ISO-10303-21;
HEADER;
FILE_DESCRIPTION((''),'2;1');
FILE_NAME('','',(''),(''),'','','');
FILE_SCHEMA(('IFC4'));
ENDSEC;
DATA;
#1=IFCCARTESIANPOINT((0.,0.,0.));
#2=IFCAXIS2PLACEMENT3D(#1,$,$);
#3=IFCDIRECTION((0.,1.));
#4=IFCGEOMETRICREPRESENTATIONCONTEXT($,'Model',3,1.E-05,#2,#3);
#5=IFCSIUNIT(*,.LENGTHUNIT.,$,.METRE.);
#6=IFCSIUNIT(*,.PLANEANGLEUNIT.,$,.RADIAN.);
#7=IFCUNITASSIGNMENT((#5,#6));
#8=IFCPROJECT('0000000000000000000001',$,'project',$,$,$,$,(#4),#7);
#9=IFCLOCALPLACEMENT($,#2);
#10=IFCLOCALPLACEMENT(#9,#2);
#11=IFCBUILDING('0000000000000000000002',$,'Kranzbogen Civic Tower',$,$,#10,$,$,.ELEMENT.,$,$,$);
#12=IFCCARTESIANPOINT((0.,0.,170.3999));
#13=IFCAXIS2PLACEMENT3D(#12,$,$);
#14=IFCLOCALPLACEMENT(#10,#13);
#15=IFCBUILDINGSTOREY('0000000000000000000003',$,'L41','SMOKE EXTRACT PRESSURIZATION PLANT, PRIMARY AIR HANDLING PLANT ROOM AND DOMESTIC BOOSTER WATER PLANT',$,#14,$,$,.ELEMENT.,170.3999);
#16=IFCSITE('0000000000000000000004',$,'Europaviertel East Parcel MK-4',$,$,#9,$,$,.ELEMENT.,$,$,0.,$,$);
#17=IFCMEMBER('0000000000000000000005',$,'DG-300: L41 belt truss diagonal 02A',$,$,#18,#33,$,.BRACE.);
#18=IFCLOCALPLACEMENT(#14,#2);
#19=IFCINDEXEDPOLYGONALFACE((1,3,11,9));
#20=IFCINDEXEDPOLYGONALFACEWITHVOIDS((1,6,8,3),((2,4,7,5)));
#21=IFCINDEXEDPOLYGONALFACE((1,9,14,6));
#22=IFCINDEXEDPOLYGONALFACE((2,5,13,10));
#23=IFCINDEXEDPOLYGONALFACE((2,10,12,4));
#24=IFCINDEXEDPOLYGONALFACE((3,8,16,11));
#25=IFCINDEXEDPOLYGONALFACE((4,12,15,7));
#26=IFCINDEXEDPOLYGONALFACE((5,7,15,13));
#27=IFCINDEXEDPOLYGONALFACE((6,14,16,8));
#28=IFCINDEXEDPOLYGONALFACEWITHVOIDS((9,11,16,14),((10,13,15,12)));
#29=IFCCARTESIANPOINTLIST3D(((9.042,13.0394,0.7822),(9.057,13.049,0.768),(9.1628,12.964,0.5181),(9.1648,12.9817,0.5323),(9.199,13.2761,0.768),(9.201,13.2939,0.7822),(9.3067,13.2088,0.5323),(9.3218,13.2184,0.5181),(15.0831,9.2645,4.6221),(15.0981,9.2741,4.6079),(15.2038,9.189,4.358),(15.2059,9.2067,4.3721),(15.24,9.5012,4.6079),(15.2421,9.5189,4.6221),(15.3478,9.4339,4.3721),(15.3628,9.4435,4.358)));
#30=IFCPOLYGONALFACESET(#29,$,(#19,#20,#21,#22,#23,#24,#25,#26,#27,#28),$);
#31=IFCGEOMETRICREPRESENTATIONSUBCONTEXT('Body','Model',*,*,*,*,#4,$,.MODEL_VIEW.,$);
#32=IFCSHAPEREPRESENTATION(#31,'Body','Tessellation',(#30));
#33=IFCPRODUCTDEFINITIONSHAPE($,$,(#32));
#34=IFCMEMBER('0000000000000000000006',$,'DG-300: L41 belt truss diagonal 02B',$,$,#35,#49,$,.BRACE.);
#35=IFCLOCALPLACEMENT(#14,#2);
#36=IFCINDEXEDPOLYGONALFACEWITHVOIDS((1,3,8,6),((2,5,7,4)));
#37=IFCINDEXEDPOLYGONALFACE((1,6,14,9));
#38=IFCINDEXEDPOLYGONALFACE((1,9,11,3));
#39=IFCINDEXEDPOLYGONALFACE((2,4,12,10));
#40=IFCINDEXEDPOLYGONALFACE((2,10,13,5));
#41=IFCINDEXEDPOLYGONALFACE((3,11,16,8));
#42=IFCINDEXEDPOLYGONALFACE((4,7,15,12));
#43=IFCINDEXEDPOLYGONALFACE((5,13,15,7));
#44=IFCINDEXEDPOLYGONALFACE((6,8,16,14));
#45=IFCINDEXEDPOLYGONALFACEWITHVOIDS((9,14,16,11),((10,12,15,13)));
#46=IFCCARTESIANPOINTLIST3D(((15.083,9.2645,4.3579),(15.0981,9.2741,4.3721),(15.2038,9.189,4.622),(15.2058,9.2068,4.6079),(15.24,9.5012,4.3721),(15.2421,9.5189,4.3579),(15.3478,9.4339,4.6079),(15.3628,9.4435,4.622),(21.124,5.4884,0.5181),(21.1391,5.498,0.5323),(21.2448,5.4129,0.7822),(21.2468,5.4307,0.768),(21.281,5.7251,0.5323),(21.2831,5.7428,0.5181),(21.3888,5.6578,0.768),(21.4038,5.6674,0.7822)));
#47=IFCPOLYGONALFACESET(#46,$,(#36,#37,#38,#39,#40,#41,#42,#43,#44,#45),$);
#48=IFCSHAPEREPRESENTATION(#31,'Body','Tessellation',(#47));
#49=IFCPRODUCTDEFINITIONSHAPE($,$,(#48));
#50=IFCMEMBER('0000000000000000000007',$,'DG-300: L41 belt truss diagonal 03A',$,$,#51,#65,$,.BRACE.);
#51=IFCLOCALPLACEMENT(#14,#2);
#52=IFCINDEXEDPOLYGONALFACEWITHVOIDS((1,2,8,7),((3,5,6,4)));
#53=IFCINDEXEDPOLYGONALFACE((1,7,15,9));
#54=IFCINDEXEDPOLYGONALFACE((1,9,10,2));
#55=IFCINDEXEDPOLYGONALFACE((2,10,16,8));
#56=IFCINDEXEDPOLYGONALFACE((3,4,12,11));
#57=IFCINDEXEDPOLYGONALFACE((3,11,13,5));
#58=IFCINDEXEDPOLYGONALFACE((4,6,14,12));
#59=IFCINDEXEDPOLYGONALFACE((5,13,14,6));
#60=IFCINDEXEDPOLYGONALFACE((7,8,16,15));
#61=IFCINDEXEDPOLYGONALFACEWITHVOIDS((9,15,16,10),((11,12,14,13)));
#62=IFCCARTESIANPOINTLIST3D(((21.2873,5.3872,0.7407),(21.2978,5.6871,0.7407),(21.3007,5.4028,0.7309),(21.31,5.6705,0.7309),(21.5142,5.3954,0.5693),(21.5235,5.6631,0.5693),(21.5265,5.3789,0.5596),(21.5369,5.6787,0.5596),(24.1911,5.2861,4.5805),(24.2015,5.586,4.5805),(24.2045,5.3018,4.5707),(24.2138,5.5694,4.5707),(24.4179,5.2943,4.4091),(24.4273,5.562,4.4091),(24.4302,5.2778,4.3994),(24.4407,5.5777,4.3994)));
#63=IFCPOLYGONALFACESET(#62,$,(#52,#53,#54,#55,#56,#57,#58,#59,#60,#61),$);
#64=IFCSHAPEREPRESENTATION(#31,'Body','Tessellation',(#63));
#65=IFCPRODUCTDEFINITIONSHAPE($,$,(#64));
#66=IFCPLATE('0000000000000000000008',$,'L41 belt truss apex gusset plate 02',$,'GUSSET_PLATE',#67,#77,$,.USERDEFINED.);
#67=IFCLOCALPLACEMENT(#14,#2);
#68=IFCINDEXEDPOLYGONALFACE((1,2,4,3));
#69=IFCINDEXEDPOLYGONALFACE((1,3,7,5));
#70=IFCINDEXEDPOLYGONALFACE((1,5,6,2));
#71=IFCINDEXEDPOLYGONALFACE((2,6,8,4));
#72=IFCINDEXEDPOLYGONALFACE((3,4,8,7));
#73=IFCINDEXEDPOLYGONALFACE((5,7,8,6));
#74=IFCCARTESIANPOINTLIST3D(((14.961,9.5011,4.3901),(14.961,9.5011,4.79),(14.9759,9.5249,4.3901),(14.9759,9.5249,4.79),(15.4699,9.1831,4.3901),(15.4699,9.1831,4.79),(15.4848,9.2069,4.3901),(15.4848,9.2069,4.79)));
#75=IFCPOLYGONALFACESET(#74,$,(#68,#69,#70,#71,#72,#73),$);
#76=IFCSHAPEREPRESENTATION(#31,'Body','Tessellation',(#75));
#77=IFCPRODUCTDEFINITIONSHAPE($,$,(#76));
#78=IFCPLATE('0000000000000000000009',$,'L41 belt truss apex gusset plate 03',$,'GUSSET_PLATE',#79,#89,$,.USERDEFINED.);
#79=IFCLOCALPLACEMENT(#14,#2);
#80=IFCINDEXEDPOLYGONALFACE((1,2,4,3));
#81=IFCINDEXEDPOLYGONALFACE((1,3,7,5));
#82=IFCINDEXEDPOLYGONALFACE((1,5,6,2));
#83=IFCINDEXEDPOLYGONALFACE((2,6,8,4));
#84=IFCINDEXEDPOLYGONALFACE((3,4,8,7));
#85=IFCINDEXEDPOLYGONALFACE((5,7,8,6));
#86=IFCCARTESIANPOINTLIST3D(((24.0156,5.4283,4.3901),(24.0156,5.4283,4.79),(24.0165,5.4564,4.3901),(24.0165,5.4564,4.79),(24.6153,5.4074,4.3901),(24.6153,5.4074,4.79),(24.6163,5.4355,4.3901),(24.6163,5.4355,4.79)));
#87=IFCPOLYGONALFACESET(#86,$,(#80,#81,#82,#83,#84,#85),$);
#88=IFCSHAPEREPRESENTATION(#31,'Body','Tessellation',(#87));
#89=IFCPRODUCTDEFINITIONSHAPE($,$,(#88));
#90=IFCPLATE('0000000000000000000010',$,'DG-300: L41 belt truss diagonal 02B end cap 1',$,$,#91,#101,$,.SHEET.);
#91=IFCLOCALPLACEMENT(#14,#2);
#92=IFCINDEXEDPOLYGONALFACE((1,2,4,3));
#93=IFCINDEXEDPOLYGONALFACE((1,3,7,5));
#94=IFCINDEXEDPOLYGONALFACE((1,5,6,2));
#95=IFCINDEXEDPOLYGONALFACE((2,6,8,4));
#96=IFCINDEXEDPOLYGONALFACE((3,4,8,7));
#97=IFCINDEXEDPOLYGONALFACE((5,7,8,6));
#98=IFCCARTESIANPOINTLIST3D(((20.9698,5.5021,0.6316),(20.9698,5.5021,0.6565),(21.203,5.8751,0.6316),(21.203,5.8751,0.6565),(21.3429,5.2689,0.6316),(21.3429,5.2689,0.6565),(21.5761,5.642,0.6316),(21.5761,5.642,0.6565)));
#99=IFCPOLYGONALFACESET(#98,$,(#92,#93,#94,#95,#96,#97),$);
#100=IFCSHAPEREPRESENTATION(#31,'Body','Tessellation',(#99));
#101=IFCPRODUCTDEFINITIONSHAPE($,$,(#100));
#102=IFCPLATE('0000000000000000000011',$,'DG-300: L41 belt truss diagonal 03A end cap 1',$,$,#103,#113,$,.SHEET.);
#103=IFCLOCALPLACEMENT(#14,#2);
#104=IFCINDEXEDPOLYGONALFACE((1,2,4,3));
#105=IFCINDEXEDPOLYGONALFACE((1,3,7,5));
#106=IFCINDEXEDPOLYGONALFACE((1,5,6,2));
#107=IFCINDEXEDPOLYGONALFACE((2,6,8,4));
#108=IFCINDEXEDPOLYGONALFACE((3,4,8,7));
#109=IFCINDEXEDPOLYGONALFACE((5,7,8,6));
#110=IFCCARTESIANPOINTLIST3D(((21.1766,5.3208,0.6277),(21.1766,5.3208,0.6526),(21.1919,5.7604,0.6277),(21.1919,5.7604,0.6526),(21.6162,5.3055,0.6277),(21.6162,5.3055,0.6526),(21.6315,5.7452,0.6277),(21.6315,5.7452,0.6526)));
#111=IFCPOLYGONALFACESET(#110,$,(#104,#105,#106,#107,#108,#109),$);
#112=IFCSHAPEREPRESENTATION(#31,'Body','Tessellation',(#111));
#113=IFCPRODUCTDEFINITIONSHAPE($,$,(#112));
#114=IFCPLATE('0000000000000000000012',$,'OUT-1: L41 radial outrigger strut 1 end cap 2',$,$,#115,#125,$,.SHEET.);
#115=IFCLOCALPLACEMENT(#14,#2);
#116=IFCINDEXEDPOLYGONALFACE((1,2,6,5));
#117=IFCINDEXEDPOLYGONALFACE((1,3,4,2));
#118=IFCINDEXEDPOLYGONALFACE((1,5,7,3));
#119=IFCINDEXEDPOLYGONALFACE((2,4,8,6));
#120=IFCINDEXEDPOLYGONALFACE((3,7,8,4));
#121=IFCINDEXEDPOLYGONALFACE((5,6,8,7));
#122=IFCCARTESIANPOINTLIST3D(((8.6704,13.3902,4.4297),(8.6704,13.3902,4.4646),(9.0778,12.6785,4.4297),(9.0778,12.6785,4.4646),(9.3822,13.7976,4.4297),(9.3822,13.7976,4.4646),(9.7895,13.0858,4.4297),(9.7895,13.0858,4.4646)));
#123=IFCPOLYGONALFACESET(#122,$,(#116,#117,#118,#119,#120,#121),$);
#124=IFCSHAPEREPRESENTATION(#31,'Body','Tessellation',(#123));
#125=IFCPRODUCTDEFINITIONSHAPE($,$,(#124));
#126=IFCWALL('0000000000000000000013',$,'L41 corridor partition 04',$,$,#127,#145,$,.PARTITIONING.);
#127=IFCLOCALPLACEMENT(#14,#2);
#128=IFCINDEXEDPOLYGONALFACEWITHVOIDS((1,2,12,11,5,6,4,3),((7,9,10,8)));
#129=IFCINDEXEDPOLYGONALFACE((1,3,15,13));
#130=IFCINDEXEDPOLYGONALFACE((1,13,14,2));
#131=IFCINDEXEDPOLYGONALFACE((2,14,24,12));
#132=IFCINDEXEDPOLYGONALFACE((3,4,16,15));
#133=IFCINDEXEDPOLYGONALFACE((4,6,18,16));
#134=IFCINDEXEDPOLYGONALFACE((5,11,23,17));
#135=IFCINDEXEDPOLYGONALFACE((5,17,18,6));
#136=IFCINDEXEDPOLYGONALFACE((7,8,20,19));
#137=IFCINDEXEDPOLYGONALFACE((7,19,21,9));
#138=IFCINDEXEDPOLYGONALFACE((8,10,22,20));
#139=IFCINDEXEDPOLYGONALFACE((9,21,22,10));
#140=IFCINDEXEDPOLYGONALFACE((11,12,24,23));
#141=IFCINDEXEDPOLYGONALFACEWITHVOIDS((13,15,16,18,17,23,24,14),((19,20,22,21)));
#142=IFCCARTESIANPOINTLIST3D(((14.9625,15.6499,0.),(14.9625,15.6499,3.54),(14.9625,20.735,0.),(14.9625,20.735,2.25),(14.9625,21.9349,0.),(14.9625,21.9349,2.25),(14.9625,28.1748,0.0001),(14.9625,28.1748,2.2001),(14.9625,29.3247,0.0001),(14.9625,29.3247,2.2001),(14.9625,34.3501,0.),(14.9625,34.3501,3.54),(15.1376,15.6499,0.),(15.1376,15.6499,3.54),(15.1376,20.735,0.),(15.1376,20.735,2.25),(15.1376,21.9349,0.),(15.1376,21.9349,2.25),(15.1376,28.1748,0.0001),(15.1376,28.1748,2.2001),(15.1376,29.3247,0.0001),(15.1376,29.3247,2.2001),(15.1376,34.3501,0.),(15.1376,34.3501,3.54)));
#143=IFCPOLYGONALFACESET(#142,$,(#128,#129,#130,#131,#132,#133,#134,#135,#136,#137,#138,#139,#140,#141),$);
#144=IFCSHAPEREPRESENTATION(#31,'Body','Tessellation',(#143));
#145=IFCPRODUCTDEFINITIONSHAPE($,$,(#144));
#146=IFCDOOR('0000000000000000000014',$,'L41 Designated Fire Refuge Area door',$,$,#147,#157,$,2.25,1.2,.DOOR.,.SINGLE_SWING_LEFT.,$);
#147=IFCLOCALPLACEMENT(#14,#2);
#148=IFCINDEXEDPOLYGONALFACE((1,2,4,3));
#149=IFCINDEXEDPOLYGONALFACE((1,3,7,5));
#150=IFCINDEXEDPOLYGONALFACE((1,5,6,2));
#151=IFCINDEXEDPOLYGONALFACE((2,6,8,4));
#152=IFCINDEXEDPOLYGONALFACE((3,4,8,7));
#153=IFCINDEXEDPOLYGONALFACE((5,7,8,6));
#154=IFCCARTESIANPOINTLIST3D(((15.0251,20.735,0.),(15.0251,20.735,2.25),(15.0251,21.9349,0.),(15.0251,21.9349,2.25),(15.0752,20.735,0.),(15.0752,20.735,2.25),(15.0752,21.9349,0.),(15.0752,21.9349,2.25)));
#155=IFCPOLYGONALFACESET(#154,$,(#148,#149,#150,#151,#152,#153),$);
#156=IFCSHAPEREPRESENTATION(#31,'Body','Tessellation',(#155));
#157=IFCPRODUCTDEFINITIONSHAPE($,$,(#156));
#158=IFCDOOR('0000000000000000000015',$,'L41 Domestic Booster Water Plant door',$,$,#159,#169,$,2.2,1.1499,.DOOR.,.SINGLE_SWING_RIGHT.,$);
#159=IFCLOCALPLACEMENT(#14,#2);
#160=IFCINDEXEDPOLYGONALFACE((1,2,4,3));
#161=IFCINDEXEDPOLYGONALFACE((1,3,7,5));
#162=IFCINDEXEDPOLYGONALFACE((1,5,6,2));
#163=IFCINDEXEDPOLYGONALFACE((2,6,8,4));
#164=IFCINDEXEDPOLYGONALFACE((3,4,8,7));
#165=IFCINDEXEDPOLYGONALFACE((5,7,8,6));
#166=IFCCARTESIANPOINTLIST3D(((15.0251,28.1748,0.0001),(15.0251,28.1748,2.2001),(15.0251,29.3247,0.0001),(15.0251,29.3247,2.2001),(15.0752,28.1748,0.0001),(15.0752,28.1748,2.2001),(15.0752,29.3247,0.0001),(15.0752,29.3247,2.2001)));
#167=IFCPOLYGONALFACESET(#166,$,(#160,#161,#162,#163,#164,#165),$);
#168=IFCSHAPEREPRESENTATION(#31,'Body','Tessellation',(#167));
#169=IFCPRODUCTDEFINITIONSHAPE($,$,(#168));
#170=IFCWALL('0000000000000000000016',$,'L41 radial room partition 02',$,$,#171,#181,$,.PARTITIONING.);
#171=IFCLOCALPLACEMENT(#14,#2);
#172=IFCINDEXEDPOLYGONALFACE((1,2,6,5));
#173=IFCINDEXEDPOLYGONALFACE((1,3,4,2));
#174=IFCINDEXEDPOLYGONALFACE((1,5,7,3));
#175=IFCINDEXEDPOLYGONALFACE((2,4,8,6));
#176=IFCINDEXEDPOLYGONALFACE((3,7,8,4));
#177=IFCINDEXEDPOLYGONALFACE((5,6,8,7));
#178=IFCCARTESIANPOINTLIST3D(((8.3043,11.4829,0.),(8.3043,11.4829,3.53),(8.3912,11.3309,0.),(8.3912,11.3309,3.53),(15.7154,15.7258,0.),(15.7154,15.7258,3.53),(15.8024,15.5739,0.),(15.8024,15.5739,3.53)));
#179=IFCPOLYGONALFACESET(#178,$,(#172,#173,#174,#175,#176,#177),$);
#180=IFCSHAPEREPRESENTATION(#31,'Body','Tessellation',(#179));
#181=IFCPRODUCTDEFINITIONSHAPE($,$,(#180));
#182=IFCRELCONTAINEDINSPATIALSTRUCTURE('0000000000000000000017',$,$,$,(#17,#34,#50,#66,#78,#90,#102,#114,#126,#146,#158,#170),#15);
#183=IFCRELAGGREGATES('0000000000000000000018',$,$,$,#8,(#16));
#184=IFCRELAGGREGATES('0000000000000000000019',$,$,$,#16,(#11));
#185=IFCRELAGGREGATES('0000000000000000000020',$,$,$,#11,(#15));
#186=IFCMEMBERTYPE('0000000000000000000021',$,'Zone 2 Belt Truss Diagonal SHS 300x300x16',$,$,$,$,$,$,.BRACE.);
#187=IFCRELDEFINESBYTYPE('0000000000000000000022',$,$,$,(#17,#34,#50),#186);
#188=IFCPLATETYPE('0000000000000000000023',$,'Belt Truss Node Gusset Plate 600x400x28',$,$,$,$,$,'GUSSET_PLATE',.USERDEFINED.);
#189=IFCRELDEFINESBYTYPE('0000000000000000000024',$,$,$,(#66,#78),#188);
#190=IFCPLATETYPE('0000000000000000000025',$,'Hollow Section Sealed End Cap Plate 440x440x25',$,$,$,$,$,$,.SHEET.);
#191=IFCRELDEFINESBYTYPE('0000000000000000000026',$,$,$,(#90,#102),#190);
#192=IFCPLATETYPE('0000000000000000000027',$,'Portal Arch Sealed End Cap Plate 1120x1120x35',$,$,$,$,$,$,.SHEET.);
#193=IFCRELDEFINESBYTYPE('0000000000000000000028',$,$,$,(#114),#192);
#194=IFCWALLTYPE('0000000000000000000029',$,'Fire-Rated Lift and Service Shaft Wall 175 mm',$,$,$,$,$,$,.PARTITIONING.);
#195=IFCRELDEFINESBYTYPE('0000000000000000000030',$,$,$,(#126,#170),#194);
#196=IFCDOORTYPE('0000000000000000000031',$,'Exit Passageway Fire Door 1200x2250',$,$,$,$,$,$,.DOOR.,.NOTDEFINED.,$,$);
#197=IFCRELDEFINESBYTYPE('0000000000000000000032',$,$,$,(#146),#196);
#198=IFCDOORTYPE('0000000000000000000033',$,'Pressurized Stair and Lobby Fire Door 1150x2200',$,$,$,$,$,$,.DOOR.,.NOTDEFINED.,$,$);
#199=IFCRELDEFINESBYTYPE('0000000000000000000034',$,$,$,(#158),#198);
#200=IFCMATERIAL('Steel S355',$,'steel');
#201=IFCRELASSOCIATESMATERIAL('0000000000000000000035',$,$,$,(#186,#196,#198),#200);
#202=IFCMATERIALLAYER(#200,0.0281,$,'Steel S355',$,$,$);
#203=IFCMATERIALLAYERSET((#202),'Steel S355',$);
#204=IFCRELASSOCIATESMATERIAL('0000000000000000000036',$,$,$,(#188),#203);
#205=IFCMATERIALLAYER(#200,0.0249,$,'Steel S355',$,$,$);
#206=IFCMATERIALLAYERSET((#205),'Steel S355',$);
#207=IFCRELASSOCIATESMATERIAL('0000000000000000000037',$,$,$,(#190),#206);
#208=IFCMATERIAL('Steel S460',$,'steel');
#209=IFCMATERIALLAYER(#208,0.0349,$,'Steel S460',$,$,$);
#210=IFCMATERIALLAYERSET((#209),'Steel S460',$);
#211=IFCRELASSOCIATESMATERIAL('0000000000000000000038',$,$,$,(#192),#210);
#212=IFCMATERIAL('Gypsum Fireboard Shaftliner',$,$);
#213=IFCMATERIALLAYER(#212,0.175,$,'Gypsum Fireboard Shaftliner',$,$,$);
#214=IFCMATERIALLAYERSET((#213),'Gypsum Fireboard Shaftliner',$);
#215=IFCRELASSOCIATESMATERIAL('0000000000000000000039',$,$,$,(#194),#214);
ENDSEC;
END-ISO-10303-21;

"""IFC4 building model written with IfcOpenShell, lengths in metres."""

from ifc_helpers import new_model, si_unit, direction, frame, frame_2d, origin, origin_2d, place, context, subcontext, project, spatial, rectangle, hollow_rectangle, extrude, material, layer, layer_set, material_profile, profile_set, type_object, element, fill, save


model = new_model("IFC4")

# Units and contexts
model_context = context("Model", 3, precision=1e-05, world=origin(), true_north=direction((0.0, 1.0)))
body_context = subcontext(model_context, "Body", "Model", "MODEL_VIEW")
ifc_project = project(units=[si_unit("LENGTHUNIT", "METRE"), si_unit("PLANEANGLEUNIT", "RADIAN")], contexts=[model_context])

# Site, building, storey
site_placement = place(None, origin())
site = spatial("IfcSite", under=ifc_project, at=site_placement, Name="Europaviertel East Parcel MK-4", CompositionType="ELEMENT", RefElevation=0.0)
building_placement = place(site_placement, origin())
building = spatial("IfcBuilding", under=site, at=building_placement, Name="Kranzbogen Civic Tower", CompositionType="ELEMENT")
storey_placement = place(building_placement, frame((0.0, 0.0, 170.3999)))
storey = spatial("IfcBuildingStorey", under=building, at=storey_placement, Name="L41", Description="SMOKE EXTRACT PRESSURIZATION PLANT, PRIMARY AIR HANDLING PLANT ROOM AND DOMESTIC BOOSTER WATER PLANT", CompositionType="ELEMENT", Elevation=170.3999)

# Shared definitions
ifc_material_1 = material(Name="Steel S355", Category="steel")

# Shared definitions
ifc_material_2 = material(Name="Steel S460", Category="steel")

# Members
ifc_material_profile_1 = material_profile(ifc_material_1, hollow_rectangle(XDim=0.3, YDim=0.3, WallThickness=0.0161, at=origin_2d()), Name="SHS 300x300x16")
ifc_profile_set_1 = profile_set([ifc_material_profile_1], Name="Steel S355")
member_type_1 = type_object("IfcMemberType", Name="Zone 2 Belt Truss Diagonal SHS 300x300x16", PredefinedType="BRACE", material=ifc_profile_set_1)
member_1_placement = place(storey_placement, frame((9.1819, 13.1289, 0.6501), z_axis=(0.746498, -0.466471, 0.474496), x_axis=(0.529925, 0.848045, 0.0)))
element("IfcMember", 1, at=member_1_placement, inside=storey, type_object=member_type_1, Name="DG-300: L41 belt truss diagonal 02A", PredefinedType="BRACE", context=body_context, shape_type="SweptSolid", body=[
    extrude(hollow_rectangle(XDim=0.3, YDim=0.3, WallThickness=0.0161, at=origin_2d()), origin(), (0.0, 0.0, 1.0), 8.0925),
])
member_2_placement = place(storey_placement, frame((21.2639, 5.5779, 0.6501), z_axis=(-0.746445, 0.466589, 0.474462), x_axis=(-0.530048, -0.847967, 0.0)))
element("IfcMember", 2, at=member_2_placement, inside=storey, type_object=member_type_1, Name="DG-300: L41 belt truss diagonal 02B", PredefinedType="BRACE", context=body_context, shape_type="SweptSolid", body=[
    extrude(hollow_rectangle(XDim=0.3, YDim=0.3, WallThickness=0.0161, at=origin_2d()), origin(), (0.0, 0.0, 1.0), 8.093),
])
member_3_placement = place(storey_placement, frame((21.4121, 5.533, 0.6501), z_axis=(0.603043, -0.02099, 0.797432), x_axis=(0.034786, 0.999395, 0.0)))
element("IfcMember", 3, at=member_3_placement, inside=storey, type_object=member_type_1, Name="DG-300: L41 belt truss diagonal 03A", PredefinedType="BRACE", context=body_context, shape_type="SweptSolid", body=[
    extrude(hollow_rectangle(XDim=0.3, YDim=0.3, WallThickness=0.0161, at=origin_2d()), origin(), (0.0, 0.0, 1.0), 4.8152),
])

# Plates
ifc_layer_1 = layer(ifc_material_1, 0.0281, Name="Steel S355")
ifc_layer_set_1 = layer_set([ifc_layer_1], Name="Steel S355")
plate_type_1 = type_object("IfcPlateType", Name="Belt Truss Node Gusset Plate 600x400x28", ElementType="GUSSET_PLATE", PredefinedType="USERDEFINED", material=ifc_layer_set_1)
for number, where, z_axis, x_axis, name in (
    (4, (15.2229, 9.354, 4.3901), (0.0, 0.0, 1.0), (0.848039, -0.529934, 0.0), "L41 belt truss apex gusset plate 02"),
    (5, (24.3159, 5.4319, 4.3901), (0.0, 0.0, 1.0), (0.999393, -0.03483, 0.0), "L41 belt truss apex gusset plate 03"),
):
    element("IfcPlate", number, at=place(storey_placement, frame(where, z_axis=z_axis, x_axis=x_axis)), inside=storey, type_object=plate_type_1, Name=name, ObjectType="GUSSET_PLATE", PredefinedType="USERDEFINED", context=body_context, shape_type="SweptSolid", body=[
        extrude(rectangle(XDim=0.6001, YDim=0.0281, at=origin_2d()), origin(), (0.0, 0.0, 1.0), 0.3999),
    ])
ifc_layer_2 = layer(ifc_material_1, 0.0249, Name="Steel S355")
ifc_layer_set_2 = layer_set([ifc_layer_2], Name="Steel S355")
plate_type_2 = type_object("IfcPlateType", Name="Hollow Section Sealed End Cap Plate 440x440x25", PredefinedType="SHEET", material=ifc_layer_set_2)
for number, where, z_axis, x_axis, name in (
    (6, (21.2729, 5.572, 0.6316), (0.0, 0.0, 1.0), (-0.847974, 0.530038, 0.0), "DG-300: L41 belt truss diagonal 02B end cap 1"),
    (7, (21.4041, 5.533, 0.6277), (0.0, 0.0, 1.0), (0.999396, -0.03476, 0.0), "DG-300: L41 belt truss diagonal 03A end cap 1"),
):
    element("IfcPlate", number, at=place(storey_placement, frame(where, z_axis=z_axis, x_axis=x_axis)), inside=storey, type_object=plate_type_2, Name=name, PredefinedType="SHEET", context=body_context, shape_type="SweptSolid", body=[
        extrude(rectangle(XDim=0.4399, YDim=0.4399, at=origin_2d()), origin(), (0.0, 0.0, 1.0), 0.0249),
    ])
ifc_layer_3 = layer(ifc_material_2, 0.0349, Name="Steel S460")
ifc_layer_set_3 = layer_set([ifc_layer_3], Name="Steel S460")
plate_type_3 = type_object("IfcPlateType", Name="Portal Arch Sealed End Cap Plate 1120x1120x35", PredefinedType="SHEET", material=ifc_layer_set_3)
plate_placement = place(storey_placement, frame((9.23, 13.238, 4.4297), z_axis=(0.0, 0.0, 1.0), x_axis=(-0.867913, -0.496716, 0.0)))
element("IfcPlate", 8, at=plate_placement, inside=storey, type_object=plate_type_3, Name="OUT-1: L41 radial outrigger strut 1 end cap 2", PredefinedType="SHEET", context=body_context, shape_type="SweptSolid", body=[
    extrude(rectangle(XDim=0.8201, YDim=0.8201, at=origin_2d()), origin(), (0.0, 0.0, 1.0), 0.0349),
])

# Wall, openings, doors
ifc_material_3 = material(Name="Gypsum Fireboard Shaftliner")
ifc_layer_4 = layer(ifc_material_3, 0.175, Name="Gypsum Fireboard Shaftliner")
ifc_layer_set_4 = layer_set([ifc_layer_4], Name="Gypsum Fireboard Shaftliner")
wall_type = type_object("IfcWallType", Name="Fire-Rated Lift and Service Shaft Wall 175 mm", PredefinedType="PARTITIONING", material=ifc_layer_set_4)
wall_1_placement = place(storey_placement, frame((15.05, 15.6499, 0.0), z_axis=(0.0, 0.0, 1.0), x_axis=(0.0, 1.0, 0.0)))
wall_1 = element("IfcWall", 9, at=wall_1_placement, inside=storey, type_object=wall_type, Name="L41 corridor partition 04", PredefinedType="PARTITIONING", context=body_context, shape_type="SweptSolid", body=[
    extrude(rectangle(XDim=18.7002, YDim=0.175, at=frame_2d((9.3501, 0.0))), origin(), (0.0, 0.0, 1.0), 3.54),
])
opening_1_placement = place(wall_1_placement, frame((5.085, 0.0, 0.0)))
opening_1 = element("IfcOpeningElement", 10, at=opening_1_placement, cuts=wall_1, PredefinedType="OPENING", context=body_context, shape_type="SweptSolid", body=[
    extrude(rectangle(XDim=1.2, YDim=2.25, at=frame_2d((0.6001, 1.125))), frame((0.0, 0.0977, 0.0), z_axis=(0.0, -1.0, 0.0), x_axis=(1.0, 0.0, 0.0)), (0.0, 0.0, 1.0), 0.1951),
])
opening_2_placement = place(wall_1_placement, frame((12.5249, 0.0, 0.0)))
opening_2 = element("IfcOpeningElement", 11, at=opening_2_placement, cuts=wall_1, PredefinedType="OPENING", context=body_context, shape_type="SweptSolid", body=[
    extrude(rectangle(XDim=1.1499, YDim=2.2, at=frame_2d((0.575, 1.1001))), frame((0.0, 0.0977, 0.0), z_axis=(0.0, -1.0, 0.0), x_axis=(1.0, 0.0, 0.0)), (0.0, 0.0, 1.0), 0.1951),
])
door_type_1 = type_object("IfcDoorType", Name="Exit Passageway Fire Door 1200x2250", OperationType="NOTDEFINED", PredefinedType="DOOR", material=ifc_material_1)
door_1_placement = place(opening_1_placement, origin())
door_1 = element("IfcDoor", 12, at=door_1_placement, inside=storey, type_object=door_type_1, Name="L41 Designated Fire Refuge Area door", OperationType="SINGLE_SWING_LEFT", OverallHeight=2.25, OverallWidth=1.2, PredefinedType="DOOR", context=body_context, shape_type="SweptSolid", body=[
    extrude(rectangle(XDim=1.2, YDim=2.25, at=frame_2d((0.6001, 1.125))), frame((0.0, 0.0249, 0.0), z_axis=(0.0, -1.0, 0.0), x_axis=(1.0, 0.0, 0.0)), (0.0, 0.0, 1.0), 0.05),
])
fill(opening_1, door_1)
door_type_2 = type_object("IfcDoorType", Name="Pressurized Stair and Lobby Fire Door 1150x2200", OperationType="NOTDEFINED", PredefinedType="DOOR", material=ifc_material_1)
door_2_placement = place(opening_2_placement, origin())
door_2 = element("IfcDoor", 13, at=door_2_placement, inside=storey, type_object=door_type_2, Name="L41 Domestic Booster Water Plant door", OperationType="SINGLE_SWING_RIGHT", OverallHeight=2.2, OverallWidth=1.1499, PredefinedType="DOOR", context=body_context, shape_type="SweptSolid", body=[
    extrude(rectangle(XDim=1.1499, YDim=2.2, at=frame_2d((0.575, 1.1001))), frame((0.0, 0.0249, 0.0), z_axis=(0.0, -1.0, 0.0), x_axis=(1.0, 0.0, 0.0)), (0.0, 0.0, 1.0), 0.05),
])
fill(opening_2, door_2)

# Wall
wall_2_placement = place(storey_placement, frame((15.759, 15.6499, 0.0), z_axis=(0.0, 0.0, 1.0), x_axis=(-0.86784, -0.496844, 0.0)))
element("IfcWall", 14, at=wall_2_placement, inside=storey, type_object=wall_type, Name="L41 radial room partition 02", PredefinedType="PARTITIONING", context=body_context, shape_type="SweptSolid", body=[
    extrude(rectangle(XDim=8.5398, YDim=0.175, at=frame_2d((4.27, 0.0))), origin(), (0.0, 0.0, 1.0), 3.53),
])

save(model, "model.ifc")
